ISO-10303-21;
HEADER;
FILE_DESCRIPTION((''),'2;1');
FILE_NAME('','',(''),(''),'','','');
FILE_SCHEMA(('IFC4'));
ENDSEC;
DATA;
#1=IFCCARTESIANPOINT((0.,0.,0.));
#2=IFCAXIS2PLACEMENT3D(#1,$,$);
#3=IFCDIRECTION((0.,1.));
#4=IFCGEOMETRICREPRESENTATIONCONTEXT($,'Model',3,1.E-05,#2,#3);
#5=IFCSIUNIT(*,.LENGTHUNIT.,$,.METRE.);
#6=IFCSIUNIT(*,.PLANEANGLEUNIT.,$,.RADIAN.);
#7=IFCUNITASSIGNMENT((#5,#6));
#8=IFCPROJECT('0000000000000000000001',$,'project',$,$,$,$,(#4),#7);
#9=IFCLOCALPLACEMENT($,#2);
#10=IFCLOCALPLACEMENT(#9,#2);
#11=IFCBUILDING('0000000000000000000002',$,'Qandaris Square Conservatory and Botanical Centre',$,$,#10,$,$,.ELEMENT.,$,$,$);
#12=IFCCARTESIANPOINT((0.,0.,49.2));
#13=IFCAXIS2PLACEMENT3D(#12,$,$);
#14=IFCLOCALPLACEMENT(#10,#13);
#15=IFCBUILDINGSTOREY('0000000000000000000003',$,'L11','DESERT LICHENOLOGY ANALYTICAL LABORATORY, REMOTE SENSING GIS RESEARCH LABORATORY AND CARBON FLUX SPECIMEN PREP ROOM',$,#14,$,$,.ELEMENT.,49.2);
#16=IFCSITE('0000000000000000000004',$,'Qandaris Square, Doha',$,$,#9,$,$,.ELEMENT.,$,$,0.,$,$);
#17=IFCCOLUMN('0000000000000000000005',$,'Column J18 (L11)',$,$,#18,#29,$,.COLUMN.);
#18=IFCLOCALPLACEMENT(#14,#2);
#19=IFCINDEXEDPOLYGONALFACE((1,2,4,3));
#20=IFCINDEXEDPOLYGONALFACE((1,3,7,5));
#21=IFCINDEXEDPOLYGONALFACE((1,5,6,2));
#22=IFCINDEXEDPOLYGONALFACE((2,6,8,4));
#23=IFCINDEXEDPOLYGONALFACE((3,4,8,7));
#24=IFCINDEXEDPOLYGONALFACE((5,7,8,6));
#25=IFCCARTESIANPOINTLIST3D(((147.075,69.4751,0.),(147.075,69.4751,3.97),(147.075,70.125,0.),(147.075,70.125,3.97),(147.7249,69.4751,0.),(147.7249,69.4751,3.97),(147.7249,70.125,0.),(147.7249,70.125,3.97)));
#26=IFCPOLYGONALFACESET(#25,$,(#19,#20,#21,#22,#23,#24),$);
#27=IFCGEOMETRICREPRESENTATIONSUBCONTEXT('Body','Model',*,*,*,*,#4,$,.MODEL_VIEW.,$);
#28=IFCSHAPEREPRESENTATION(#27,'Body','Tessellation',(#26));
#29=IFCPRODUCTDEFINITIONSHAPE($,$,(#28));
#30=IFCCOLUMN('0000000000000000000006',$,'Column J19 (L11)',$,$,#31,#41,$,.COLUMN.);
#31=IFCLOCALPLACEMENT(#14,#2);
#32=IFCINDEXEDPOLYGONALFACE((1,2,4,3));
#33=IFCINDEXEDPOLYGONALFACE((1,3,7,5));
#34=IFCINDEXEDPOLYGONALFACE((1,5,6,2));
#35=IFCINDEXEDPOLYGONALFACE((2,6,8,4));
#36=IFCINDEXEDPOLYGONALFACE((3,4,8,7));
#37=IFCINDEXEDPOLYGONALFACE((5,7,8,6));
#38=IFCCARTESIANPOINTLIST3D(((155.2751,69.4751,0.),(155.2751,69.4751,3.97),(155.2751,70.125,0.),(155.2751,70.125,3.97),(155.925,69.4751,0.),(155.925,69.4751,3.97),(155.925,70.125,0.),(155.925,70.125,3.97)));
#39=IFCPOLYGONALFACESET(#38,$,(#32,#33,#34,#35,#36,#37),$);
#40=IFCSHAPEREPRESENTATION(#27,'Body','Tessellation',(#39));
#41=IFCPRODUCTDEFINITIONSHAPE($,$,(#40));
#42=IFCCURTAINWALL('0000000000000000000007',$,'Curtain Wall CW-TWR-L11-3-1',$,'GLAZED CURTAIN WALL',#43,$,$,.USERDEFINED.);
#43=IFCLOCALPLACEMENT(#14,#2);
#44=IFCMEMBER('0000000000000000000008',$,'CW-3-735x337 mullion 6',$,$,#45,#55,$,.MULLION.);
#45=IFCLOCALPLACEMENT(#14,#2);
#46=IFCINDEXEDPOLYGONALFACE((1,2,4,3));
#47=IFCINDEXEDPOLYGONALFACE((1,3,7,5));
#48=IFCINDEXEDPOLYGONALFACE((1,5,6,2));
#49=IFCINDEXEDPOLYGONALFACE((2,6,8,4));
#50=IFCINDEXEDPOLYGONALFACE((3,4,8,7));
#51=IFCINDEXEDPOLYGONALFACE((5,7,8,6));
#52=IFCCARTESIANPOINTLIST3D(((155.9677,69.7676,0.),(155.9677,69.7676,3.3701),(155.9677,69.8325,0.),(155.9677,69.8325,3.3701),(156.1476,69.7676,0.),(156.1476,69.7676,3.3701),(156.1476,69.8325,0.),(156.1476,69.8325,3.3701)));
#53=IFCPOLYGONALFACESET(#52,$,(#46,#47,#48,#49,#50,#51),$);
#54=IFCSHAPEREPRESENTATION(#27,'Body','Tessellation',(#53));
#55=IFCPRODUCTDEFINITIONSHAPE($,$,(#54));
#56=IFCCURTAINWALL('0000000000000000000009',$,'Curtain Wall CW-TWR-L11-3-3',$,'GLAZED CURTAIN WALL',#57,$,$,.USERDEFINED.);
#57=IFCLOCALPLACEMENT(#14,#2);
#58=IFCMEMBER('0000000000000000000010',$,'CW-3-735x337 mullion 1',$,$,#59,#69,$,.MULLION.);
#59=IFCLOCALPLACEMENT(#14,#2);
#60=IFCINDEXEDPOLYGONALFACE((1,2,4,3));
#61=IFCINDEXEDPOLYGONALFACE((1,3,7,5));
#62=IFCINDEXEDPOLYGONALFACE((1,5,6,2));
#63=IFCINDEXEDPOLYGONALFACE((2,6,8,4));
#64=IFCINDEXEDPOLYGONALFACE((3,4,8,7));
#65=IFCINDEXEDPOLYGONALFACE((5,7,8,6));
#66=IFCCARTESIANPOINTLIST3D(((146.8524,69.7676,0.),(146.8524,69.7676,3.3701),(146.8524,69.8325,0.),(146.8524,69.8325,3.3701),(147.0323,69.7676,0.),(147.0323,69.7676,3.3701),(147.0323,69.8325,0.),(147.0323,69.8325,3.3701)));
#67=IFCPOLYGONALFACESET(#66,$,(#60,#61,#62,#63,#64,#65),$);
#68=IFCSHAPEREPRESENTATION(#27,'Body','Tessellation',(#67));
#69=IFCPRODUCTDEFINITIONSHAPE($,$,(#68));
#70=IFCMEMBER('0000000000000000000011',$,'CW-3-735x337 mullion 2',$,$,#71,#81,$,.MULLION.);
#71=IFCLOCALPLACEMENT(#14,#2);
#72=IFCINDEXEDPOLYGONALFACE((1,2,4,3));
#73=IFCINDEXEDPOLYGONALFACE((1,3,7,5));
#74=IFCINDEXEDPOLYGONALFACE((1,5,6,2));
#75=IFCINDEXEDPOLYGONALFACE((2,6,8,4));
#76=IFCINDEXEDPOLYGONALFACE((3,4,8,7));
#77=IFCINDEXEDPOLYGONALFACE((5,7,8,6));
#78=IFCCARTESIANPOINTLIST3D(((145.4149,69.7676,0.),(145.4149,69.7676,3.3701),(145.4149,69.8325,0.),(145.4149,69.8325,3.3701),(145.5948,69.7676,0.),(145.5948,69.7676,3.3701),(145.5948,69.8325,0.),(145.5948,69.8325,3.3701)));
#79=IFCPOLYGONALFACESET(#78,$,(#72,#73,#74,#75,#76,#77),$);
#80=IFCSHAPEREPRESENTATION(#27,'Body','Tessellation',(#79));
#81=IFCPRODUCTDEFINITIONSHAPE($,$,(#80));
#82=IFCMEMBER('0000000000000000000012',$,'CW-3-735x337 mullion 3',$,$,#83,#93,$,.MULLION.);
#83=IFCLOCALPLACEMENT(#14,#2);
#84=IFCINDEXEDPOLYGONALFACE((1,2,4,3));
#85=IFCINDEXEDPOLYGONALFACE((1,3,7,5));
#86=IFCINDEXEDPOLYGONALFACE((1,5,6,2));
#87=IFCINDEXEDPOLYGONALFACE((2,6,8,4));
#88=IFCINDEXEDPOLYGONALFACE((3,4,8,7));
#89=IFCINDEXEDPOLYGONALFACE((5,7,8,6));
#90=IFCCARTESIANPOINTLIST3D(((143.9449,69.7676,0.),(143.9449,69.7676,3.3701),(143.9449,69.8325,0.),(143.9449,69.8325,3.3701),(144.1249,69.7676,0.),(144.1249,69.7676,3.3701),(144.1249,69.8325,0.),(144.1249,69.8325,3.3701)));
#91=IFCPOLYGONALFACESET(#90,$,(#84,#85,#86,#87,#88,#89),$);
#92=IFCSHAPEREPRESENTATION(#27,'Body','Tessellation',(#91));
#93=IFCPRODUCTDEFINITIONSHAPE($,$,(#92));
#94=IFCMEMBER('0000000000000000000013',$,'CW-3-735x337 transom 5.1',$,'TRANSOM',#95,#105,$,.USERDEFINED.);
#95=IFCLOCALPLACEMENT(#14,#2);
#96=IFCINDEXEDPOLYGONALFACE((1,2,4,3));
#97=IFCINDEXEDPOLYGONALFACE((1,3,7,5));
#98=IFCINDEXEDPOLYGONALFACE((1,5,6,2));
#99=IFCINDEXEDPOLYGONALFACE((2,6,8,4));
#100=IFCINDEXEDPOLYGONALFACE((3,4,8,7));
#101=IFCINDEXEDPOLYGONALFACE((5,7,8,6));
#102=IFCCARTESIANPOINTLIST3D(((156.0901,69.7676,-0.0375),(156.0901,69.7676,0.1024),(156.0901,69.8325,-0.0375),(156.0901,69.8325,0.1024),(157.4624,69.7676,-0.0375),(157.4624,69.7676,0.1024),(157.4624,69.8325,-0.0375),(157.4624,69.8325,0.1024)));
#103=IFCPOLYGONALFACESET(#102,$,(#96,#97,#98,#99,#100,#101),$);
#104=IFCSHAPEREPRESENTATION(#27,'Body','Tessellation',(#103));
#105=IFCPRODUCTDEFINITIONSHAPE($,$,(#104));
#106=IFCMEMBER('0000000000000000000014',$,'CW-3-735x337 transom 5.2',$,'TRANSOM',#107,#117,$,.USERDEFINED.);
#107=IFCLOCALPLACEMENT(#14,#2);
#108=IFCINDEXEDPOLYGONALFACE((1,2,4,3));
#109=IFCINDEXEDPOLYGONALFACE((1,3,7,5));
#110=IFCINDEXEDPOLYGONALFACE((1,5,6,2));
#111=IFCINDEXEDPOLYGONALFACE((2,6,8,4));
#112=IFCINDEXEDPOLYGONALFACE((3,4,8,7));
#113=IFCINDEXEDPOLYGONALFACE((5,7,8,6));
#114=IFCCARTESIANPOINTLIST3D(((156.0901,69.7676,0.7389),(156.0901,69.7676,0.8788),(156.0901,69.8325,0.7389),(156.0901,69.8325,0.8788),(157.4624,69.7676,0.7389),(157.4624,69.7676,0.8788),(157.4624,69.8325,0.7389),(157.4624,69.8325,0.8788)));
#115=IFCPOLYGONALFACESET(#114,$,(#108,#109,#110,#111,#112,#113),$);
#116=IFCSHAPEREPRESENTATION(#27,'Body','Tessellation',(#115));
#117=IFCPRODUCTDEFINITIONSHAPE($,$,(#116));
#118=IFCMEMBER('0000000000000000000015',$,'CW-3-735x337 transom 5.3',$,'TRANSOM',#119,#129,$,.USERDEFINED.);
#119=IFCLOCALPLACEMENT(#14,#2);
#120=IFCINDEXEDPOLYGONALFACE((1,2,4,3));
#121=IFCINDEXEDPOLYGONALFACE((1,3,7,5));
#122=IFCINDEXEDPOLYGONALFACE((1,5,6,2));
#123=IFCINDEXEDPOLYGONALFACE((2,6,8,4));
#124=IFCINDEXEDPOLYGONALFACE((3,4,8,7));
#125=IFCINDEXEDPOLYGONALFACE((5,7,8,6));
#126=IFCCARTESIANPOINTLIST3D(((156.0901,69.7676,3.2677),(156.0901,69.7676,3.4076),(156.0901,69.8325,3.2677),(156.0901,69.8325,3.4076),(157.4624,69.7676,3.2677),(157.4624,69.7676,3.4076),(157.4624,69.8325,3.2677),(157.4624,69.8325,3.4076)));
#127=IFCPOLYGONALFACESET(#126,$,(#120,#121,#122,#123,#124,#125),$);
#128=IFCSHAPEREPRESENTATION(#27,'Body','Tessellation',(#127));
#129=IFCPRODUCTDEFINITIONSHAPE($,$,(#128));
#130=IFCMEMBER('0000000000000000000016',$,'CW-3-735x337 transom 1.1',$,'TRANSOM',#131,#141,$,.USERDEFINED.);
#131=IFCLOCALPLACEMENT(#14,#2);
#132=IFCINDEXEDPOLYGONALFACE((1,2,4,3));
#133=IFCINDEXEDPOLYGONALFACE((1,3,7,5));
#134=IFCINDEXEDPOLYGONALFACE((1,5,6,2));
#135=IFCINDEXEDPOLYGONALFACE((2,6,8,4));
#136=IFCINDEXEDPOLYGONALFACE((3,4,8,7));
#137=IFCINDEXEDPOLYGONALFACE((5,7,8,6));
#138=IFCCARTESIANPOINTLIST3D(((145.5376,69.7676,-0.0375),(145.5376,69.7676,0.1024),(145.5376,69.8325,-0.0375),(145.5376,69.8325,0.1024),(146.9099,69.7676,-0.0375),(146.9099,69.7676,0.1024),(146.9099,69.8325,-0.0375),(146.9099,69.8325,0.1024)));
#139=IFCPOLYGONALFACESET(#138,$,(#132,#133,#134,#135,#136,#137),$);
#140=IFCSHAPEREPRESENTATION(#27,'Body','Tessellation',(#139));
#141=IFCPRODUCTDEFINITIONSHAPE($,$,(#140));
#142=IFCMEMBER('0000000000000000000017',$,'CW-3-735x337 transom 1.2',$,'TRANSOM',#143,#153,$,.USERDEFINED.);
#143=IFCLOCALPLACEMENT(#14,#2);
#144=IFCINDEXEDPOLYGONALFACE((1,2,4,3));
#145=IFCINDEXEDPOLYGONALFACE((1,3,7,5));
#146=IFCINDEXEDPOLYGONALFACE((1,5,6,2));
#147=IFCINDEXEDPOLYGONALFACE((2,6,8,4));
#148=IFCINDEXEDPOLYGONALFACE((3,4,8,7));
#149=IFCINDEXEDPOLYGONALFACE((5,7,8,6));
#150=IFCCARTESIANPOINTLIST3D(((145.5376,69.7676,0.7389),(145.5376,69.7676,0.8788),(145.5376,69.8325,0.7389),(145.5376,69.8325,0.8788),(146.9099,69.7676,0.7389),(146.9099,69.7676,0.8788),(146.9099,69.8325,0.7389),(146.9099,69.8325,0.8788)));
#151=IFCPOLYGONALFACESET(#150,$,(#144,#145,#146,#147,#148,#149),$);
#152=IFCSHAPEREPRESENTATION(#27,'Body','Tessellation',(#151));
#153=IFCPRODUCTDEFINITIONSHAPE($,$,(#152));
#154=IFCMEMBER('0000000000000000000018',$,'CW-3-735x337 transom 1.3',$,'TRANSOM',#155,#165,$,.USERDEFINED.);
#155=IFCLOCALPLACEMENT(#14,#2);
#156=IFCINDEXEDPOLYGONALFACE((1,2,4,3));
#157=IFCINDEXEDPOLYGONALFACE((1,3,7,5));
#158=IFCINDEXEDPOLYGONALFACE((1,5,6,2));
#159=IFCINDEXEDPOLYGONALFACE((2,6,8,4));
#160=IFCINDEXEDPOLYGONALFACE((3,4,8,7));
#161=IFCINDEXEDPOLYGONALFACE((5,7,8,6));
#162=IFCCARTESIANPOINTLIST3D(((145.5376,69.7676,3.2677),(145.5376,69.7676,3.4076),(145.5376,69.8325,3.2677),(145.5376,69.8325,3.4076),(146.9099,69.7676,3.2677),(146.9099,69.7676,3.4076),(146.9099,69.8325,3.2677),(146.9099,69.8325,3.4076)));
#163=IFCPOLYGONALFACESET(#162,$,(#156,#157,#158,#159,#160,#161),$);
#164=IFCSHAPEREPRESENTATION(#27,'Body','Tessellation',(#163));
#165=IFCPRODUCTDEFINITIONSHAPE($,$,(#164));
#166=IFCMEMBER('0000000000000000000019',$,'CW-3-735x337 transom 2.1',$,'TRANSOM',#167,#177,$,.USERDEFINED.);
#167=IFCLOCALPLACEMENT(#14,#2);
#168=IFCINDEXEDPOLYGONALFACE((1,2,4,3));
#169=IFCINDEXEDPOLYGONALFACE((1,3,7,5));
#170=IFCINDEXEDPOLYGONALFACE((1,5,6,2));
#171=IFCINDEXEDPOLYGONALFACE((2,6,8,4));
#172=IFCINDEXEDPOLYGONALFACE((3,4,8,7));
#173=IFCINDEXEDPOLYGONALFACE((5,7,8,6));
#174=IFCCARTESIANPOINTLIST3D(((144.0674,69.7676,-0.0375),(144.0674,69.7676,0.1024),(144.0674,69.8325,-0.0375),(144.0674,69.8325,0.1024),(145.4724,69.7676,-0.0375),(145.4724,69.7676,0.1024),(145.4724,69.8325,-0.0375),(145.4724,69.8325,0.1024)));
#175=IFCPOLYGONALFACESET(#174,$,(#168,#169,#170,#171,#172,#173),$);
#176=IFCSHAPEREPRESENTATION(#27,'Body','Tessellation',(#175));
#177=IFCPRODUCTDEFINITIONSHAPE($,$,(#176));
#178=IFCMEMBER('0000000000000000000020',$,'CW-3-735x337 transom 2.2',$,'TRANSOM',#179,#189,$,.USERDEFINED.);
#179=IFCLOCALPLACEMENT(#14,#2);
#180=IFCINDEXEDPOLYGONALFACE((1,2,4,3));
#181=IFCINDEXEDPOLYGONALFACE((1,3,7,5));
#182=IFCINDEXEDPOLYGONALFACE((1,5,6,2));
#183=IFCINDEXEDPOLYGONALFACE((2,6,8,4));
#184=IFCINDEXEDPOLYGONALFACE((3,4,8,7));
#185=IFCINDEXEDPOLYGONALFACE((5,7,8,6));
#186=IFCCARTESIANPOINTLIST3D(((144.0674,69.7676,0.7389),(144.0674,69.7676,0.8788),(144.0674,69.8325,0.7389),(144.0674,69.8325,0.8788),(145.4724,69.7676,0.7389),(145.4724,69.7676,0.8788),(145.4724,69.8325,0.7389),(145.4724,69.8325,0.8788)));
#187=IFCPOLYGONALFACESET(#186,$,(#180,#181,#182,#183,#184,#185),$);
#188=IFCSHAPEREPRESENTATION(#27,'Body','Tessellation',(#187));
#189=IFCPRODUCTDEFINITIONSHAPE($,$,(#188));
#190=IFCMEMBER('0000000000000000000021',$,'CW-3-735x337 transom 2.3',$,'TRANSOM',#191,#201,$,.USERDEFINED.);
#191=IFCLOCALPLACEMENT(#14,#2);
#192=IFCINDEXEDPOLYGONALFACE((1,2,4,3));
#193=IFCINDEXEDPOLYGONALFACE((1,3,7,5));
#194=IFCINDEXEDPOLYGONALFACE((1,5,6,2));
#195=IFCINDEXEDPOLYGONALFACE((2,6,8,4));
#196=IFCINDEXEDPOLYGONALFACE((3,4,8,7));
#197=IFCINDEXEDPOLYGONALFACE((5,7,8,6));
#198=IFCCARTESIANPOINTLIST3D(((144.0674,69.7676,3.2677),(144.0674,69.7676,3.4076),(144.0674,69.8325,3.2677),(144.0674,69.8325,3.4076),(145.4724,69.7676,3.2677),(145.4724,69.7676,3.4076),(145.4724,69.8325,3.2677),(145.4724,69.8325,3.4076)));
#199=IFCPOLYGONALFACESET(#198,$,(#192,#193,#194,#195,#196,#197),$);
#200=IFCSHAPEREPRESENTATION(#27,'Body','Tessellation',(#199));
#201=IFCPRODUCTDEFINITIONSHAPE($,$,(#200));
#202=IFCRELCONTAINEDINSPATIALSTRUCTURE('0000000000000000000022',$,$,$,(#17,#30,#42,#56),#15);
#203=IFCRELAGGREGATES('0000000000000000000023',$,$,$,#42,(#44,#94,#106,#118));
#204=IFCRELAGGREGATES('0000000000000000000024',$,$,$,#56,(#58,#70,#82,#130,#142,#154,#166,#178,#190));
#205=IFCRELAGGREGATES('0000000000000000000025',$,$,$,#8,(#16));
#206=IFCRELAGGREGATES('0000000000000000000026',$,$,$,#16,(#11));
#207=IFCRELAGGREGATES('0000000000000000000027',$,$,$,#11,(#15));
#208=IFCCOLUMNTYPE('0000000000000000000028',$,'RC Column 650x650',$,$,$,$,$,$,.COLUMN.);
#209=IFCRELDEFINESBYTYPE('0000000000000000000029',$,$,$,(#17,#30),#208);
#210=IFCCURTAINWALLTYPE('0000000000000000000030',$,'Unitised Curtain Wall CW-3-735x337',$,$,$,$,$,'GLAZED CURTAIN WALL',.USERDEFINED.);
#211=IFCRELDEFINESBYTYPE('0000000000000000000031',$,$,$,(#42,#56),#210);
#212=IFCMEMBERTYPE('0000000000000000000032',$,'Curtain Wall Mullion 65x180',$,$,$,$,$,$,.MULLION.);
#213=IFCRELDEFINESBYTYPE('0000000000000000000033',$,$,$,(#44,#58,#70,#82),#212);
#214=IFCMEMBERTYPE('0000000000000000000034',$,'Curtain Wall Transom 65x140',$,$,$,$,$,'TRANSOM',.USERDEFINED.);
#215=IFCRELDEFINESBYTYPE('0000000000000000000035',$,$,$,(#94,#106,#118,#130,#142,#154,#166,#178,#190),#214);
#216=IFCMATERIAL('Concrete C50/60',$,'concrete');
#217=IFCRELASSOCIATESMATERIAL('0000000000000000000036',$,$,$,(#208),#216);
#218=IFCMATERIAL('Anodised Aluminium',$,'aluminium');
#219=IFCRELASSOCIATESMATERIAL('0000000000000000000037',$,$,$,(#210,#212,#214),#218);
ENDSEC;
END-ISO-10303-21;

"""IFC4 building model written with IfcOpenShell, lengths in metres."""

from ifc_helpers import new_model, si_unit, direction, frame, origin, origin_2d, place, context, subcontext, project, spatial, rectangle, extrude, material, material_profile, profile_set, type_object, element, aggregate, save


model = new_model("IFC4")

# Units and contexts
model_context = context("Model", 3, precision=1e-05, world=origin(), true_north=direction((0.0, 1.0)))
body_context = subcontext(model_context, "Body", "Model", "MODEL_VIEW")
ifc_project = project(units=[si_unit("LENGTHUNIT", "METRE"), si_unit("PLANEANGLEUNIT", "RADIAN")], contexts=[model_context])

# Site, building, storey
site_placement = place(None, origin())
site = spatial("IfcSite", under=ifc_project, at=site_placement, Name="Qandaris Square, Doha", CompositionType="ELEMENT", RefElevation=0.0)
building_placement = place(site_placement, origin())
building = spatial("IfcBuilding", under=site, at=building_placement, Name="Qandaris Square Conservatory and Botanical Centre", CompositionType="ELEMENT")
storey_placement = place(building_placement, frame((0.0, 0.0, 49.2)))
storey = spatial("IfcBuildingStorey", under=building, at=storey_placement, Name="L11", Description="DESERT LICHENOLOGY ANALYTICAL LABORATORY, REMOTE SENSING GIS RESEARCH LABORATORY AND CARBON FLUX SPECIMEN PREP ROOM", CompositionType="ELEMENT", Elevation=49.2)

# Columns
ifc_material_1 = material(Name="Concrete C50/60", Category="concrete")
ifc_material_profile_1 = material_profile(ifc_material_1, rectangle(XDim=0.6499, YDim=0.6499, at=origin_2d()), Name="RC-COL 650x650")
ifc_profile_set_1 = profile_set([ifc_material_profile_1], Name="Concrete C50/60")
column_type = type_object("IfcColumnType", Name="RC Column 650x650", PredefinedType="COLUMN", material=ifc_profile_set_1)
for number, where, z_axis, x_axis, name in (
    (1, (147.3999, 69.8, 0.0), (0.0, 0.0, 1.0), (1.0, 0.0, 0.0), "Column J18 (L11)"),
    (2, (155.6001, 69.8, 0.0), (0.0, 0.0, 1.0), (1.0, 0.0, 0.0), "Column J19 (L11)"),
):
    element("IfcColumn", number, at=place(storey_placement, frame(where, z_axis=z_axis, x_axis=x_axis)), inside=storey, type_object=column_type, Name=name, PredefinedType="COLUMN", context=body_context, shape_type="SweptSolid", body=[
        extrude(rectangle(XDim=0.6499, YDim=0.6499, at=origin_2d()), origin(), (0.0, 0.0, 1.0), 3.97),
    ])

# Curtain wall, member
ifc_material_2 = material(Name="Anodised Aluminium", Category="aluminium")
curtain_wall_type = type_object("IfcCurtainWallType", Name="Unitised Curtain Wall CW-3-735x337", ElementType="GLAZED CURTAIN WALL", PredefinedType="USERDEFINED", material=ifc_material_2)
curtain_wall_1_placement = place(storey_placement, origin())
curtain_wall_1 = element("IfcCurtainWall", 3, at=curtain_wall_1_placement, inside=storey, type_object=curtain_wall_type, Name="Curtain Wall CW-TWR-L11-3-1", ObjectType="GLAZED CURTAIN WALL", PredefinedType="USERDEFINED")
ifc_material_profile_2 = material_profile(ifc_material_2, rectangle(XDim=0.0649, YDim=0.1799, at=origin_2d()), Name="ALU-MUL 65x180")
ifc_profile_set_2 = profile_set([ifc_material_profile_2], Name="Anodised Aluminium")
member_type_1 = type_object("IfcMemberType", Name="Curtain Wall Mullion 65x180", PredefinedType="MULLION", material=ifc_profile_set_2)
member_1_placement = place(storey_placement, frame((156.0576, 69.8, 0.0), z_axis=(0.0, 0.0, 1.0), x_axis=(0.0, -1.0, 0.0)))
member_1 = element("IfcMember", 4, at=member_1_placement, type_object=member_type_1, Name="CW-3-735x337 mullion 6", PredefinedType="MULLION", context=body_context, shape_type="SweptSolid", body=[
    extrude(rectangle(XDim=0.0649, YDim=0.1799, at=origin_2d()), origin(), (0.0, 0.0, 1.0), 3.3701),
])

# Curtain wall, members
curtain_wall_2_placement = place(storey_placement, origin())
curtain_wall_2 = element("IfcCurtainWall", 5, at=curtain_wall_2_placement, inside=storey, type_object=curtain_wall_type, Name="Curtain Wall CW-TWR-L11-3-3", ObjectType="GLAZED CURTAIN WALL", PredefinedType="USERDEFINED")
member_2_placement = place(storey_placement, frame((146.9424, 69.8, 0.0), z_axis=(0.0, 0.0, 1.0), x_axis=(0.0, -1.0, 0.0)))
member_2 = element("IfcMember", 6, at=member_2_placement, type_object=member_type_1, Name="CW-3-735x337 mullion 1", PredefinedType="MULLION", context=body_context, shape_type="SweptSolid", body=[
    extrude(rectangle(XDim=0.0649, YDim=0.1799, at=origin_2d()), origin(), (0.0, 0.0, 1.0), 3.3701),
])
member_3_placement = place(storey_placement, frame((145.5049, 69.8, 0.0), z_axis=(0.0, 0.0, 1.0), x_axis=(0.0, -1.0, 0.0)))
member_3 = element("IfcMember", 7, at=member_3_placement, type_object=member_type_1, Name="CW-3-735x337 mullion 2", PredefinedType="MULLION", context=body_context, shape_type="SweptSolid", body=[
    extrude(rectangle(XDim=0.0649, YDim=0.1799, at=origin_2d()), origin(), (0.0, 0.0, 1.0), 3.3701),
])
member_4_placement = place(storey_placement, frame((144.0349, 69.8, 0.0), z_axis=(0.0, 0.0, 1.0), x_axis=(0.0, -1.0, 0.0)))
member_4 = element("IfcMember", 8, at=member_4_placement, type_object=member_type_1, Name="CW-3-735x337 mullion 3", PredefinedType="MULLION", context=body_context, shape_type="SweptSolid", body=[
    extrude(rectangle(XDim=0.0649, YDim=0.1799, at=origin_2d()), origin(), (0.0, 0.0, 1.0), 3.3701),
])

# Members
ifc_material_profile_3 = material_profile(ifc_material_2, rectangle(XDim=0.0649, YDim=0.1399, at=origin_2d()), Name="ALU-TRN 65x140")
ifc_profile_set_3 = profile_set([ifc_material_profile_3], Name="Anodised Aluminium")
member_type_2 = type_object("IfcMemberType", Name="Curtain Wall Transom 65x140", ElementType="TRANSOM", PredefinedType="USERDEFINED", material=ifc_profile_set_3)
member_5_placement = place(storey_placement, frame((157.4624, 69.8, 0.0325), z_axis=(-1.0, 0.0, 0.0), x_axis=(0.0, -1.0, 0.0)))
member_5 = element("IfcMember", 9, at=member_5_placement, type_object=member_type_2, Name="CW-3-735x337 transom 5.1", ObjectType="TRANSOM", PredefinedType="USERDEFINED", context=body_context, shape_type="SweptSolid", body=[
    extrude(rectangle(XDim=0.0649, YDim=0.1399, at=origin_2d()), origin(), (0.0, 0.0, 1.0), 1.3723),
])
member_6_placement = place(storey_placement, frame((157.4624, 69.8, 0.8088), z_axis=(-1.0, 0.0, 0.0), x_axis=(0.0, -1.0, 0.0)))
member_6 = element("IfcMember", 10, at=member_6_placement, type_object=member_type_2, Name="CW-3-735x337 transom 5.2", ObjectType="TRANSOM", PredefinedType="USERDEFINED", context=body_context, shape_type="SweptSolid", body=[
    extrude(rectangle(XDim=0.0649, YDim=0.1399, at=origin_2d()), origin(), (0.0, 0.0, 1.0), 1.3723),
])
member_7_placement = place(storey_placement, frame((157.4624, 69.8, 3.3376), z_axis=(-1.0, 0.0, 0.0), x_axis=(0.0, -1.0, 0.0)))
member_7 = element("IfcMember", 11, at=member_7_placement, type_object=member_type_2, Name="CW-3-735x337 transom 5.3", ObjectType="TRANSOM", PredefinedType="USERDEFINED", context=body_context, shape_type="SweptSolid", body=[
    extrude(rectangle(XDim=0.0649, YDim=0.1399, at=origin_2d()), origin(), (0.0, 0.0, 1.0), 1.3723),
])
member_8_placement = place(storey_placement, frame((146.9099, 69.8, 0.0325), z_axis=(-1.0, 0.0, 0.0), x_axis=(0.0, -1.0, 0.0)))
member_8 = element("IfcMember", 12, at=member_8_placement, type_object=member_type_2, Name="CW-3-735x337 transom 1.1", ObjectType="TRANSOM", PredefinedType="USERDEFINED", context=body_context, shape_type="SweptSolid", body=[
    extrude(rectangle(XDim=0.0649, YDim=0.1399, at=origin_2d()), origin(), (0.0, 0.0, 1.0), 1.3723),
])
member_9_placement = place(storey_placement, frame((146.9099, 69.8, 0.8088), z_axis=(-1.0, 0.0, 0.0), x_axis=(0.0, -1.0, 0.0)))
member_9 = element("IfcMember", 13, at=member_9_placement, type_object=member_type_2, Name="CW-3-735x337 transom 1.2", ObjectType="TRANSOM", PredefinedType="USERDEFINED", context=body_context, shape_type="SweptSolid", body=[
    extrude(rectangle(XDim=0.0649, YDim=0.1399, at=origin_2d()), origin(), (0.0, 0.0, 1.0), 1.3723),
])
member_10_placement = place(storey_placement, frame((146.9099, 69.8, 3.3376), z_axis=(-1.0, 0.0, 0.0), x_axis=(0.0, -1.0, 0.0)))
member_10 = element("IfcMember", 14, at=member_10_placement, type_object=member_type_2, Name="CW-3-735x337 transom 1.3", ObjectType="TRANSOM", PredefinedType="USERDEFINED", context=body_context, shape_type="SweptSolid", body=[
    extrude(rectangle(XDim=0.0649, YDim=0.1399, at=origin_2d()), origin(), (0.0, 0.0, 1.0), 1.3723),
])
member_11_placement = place(storey_placement, frame((145.4724, 69.8, 0.0325), z_axis=(-1.0, 0.0, 0.0), x_axis=(0.0, -1.0, 0.0)))
member_11 = element("IfcMember", 15, at=member_11_placement, type_object=member_type_2, Name="CW-3-735x337 transom 2.1", ObjectType="TRANSOM", PredefinedType="USERDEFINED", context=body_context, shape_type="SweptSolid", body=[
    extrude(rectangle(XDim=0.0649, YDim=0.1399, at=origin_2d()), origin(), (0.0, 0.0, 1.0), 1.405),
])
member_12_placement = place(storey_placement, frame((145.4724, 69.8, 0.8088), z_axis=(-1.0, 0.0, 0.0), x_axis=(0.0, -1.0, 0.0)))
member_12 = element("IfcMember", 16, at=member_12_placement, type_object=member_type_2, Name="CW-3-735x337 transom 2.2", ObjectType="TRANSOM", PredefinedType="USERDEFINED", context=body_context, shape_type="SweptSolid", body=[
    extrude(rectangle(XDim=0.0649, YDim=0.1399, at=origin_2d()), origin(), (0.0, 0.0, 1.0), 1.405),
])
member_13_placement = place(storey_placement, frame((145.4724, 69.8, 3.3376), z_axis=(-1.0, 0.0, 0.0), x_axis=(0.0, -1.0, 0.0)))
member_13 = element("IfcMember", 17, at=member_13_placement, type_object=member_type_2, Name="CW-3-735x337 transom 2.3", ObjectType="TRANSOM", PredefinedType="USERDEFINED", context=body_context, shape_type="SweptSolid", body=[
    extrude(rectangle(XDim=0.0649, YDim=0.1399, at=origin_2d()), origin(), (0.0, 0.0, 1.0), 1.405),
])

aggregate(curtain_wall_1, [member_1, member_5, member_6, member_7])
aggregate(curtain_wall_2, [member_2, member_3, member_4, member_8, member_9, member_10, member_11, member_12, member_13])

save(model, "model.ifc")
